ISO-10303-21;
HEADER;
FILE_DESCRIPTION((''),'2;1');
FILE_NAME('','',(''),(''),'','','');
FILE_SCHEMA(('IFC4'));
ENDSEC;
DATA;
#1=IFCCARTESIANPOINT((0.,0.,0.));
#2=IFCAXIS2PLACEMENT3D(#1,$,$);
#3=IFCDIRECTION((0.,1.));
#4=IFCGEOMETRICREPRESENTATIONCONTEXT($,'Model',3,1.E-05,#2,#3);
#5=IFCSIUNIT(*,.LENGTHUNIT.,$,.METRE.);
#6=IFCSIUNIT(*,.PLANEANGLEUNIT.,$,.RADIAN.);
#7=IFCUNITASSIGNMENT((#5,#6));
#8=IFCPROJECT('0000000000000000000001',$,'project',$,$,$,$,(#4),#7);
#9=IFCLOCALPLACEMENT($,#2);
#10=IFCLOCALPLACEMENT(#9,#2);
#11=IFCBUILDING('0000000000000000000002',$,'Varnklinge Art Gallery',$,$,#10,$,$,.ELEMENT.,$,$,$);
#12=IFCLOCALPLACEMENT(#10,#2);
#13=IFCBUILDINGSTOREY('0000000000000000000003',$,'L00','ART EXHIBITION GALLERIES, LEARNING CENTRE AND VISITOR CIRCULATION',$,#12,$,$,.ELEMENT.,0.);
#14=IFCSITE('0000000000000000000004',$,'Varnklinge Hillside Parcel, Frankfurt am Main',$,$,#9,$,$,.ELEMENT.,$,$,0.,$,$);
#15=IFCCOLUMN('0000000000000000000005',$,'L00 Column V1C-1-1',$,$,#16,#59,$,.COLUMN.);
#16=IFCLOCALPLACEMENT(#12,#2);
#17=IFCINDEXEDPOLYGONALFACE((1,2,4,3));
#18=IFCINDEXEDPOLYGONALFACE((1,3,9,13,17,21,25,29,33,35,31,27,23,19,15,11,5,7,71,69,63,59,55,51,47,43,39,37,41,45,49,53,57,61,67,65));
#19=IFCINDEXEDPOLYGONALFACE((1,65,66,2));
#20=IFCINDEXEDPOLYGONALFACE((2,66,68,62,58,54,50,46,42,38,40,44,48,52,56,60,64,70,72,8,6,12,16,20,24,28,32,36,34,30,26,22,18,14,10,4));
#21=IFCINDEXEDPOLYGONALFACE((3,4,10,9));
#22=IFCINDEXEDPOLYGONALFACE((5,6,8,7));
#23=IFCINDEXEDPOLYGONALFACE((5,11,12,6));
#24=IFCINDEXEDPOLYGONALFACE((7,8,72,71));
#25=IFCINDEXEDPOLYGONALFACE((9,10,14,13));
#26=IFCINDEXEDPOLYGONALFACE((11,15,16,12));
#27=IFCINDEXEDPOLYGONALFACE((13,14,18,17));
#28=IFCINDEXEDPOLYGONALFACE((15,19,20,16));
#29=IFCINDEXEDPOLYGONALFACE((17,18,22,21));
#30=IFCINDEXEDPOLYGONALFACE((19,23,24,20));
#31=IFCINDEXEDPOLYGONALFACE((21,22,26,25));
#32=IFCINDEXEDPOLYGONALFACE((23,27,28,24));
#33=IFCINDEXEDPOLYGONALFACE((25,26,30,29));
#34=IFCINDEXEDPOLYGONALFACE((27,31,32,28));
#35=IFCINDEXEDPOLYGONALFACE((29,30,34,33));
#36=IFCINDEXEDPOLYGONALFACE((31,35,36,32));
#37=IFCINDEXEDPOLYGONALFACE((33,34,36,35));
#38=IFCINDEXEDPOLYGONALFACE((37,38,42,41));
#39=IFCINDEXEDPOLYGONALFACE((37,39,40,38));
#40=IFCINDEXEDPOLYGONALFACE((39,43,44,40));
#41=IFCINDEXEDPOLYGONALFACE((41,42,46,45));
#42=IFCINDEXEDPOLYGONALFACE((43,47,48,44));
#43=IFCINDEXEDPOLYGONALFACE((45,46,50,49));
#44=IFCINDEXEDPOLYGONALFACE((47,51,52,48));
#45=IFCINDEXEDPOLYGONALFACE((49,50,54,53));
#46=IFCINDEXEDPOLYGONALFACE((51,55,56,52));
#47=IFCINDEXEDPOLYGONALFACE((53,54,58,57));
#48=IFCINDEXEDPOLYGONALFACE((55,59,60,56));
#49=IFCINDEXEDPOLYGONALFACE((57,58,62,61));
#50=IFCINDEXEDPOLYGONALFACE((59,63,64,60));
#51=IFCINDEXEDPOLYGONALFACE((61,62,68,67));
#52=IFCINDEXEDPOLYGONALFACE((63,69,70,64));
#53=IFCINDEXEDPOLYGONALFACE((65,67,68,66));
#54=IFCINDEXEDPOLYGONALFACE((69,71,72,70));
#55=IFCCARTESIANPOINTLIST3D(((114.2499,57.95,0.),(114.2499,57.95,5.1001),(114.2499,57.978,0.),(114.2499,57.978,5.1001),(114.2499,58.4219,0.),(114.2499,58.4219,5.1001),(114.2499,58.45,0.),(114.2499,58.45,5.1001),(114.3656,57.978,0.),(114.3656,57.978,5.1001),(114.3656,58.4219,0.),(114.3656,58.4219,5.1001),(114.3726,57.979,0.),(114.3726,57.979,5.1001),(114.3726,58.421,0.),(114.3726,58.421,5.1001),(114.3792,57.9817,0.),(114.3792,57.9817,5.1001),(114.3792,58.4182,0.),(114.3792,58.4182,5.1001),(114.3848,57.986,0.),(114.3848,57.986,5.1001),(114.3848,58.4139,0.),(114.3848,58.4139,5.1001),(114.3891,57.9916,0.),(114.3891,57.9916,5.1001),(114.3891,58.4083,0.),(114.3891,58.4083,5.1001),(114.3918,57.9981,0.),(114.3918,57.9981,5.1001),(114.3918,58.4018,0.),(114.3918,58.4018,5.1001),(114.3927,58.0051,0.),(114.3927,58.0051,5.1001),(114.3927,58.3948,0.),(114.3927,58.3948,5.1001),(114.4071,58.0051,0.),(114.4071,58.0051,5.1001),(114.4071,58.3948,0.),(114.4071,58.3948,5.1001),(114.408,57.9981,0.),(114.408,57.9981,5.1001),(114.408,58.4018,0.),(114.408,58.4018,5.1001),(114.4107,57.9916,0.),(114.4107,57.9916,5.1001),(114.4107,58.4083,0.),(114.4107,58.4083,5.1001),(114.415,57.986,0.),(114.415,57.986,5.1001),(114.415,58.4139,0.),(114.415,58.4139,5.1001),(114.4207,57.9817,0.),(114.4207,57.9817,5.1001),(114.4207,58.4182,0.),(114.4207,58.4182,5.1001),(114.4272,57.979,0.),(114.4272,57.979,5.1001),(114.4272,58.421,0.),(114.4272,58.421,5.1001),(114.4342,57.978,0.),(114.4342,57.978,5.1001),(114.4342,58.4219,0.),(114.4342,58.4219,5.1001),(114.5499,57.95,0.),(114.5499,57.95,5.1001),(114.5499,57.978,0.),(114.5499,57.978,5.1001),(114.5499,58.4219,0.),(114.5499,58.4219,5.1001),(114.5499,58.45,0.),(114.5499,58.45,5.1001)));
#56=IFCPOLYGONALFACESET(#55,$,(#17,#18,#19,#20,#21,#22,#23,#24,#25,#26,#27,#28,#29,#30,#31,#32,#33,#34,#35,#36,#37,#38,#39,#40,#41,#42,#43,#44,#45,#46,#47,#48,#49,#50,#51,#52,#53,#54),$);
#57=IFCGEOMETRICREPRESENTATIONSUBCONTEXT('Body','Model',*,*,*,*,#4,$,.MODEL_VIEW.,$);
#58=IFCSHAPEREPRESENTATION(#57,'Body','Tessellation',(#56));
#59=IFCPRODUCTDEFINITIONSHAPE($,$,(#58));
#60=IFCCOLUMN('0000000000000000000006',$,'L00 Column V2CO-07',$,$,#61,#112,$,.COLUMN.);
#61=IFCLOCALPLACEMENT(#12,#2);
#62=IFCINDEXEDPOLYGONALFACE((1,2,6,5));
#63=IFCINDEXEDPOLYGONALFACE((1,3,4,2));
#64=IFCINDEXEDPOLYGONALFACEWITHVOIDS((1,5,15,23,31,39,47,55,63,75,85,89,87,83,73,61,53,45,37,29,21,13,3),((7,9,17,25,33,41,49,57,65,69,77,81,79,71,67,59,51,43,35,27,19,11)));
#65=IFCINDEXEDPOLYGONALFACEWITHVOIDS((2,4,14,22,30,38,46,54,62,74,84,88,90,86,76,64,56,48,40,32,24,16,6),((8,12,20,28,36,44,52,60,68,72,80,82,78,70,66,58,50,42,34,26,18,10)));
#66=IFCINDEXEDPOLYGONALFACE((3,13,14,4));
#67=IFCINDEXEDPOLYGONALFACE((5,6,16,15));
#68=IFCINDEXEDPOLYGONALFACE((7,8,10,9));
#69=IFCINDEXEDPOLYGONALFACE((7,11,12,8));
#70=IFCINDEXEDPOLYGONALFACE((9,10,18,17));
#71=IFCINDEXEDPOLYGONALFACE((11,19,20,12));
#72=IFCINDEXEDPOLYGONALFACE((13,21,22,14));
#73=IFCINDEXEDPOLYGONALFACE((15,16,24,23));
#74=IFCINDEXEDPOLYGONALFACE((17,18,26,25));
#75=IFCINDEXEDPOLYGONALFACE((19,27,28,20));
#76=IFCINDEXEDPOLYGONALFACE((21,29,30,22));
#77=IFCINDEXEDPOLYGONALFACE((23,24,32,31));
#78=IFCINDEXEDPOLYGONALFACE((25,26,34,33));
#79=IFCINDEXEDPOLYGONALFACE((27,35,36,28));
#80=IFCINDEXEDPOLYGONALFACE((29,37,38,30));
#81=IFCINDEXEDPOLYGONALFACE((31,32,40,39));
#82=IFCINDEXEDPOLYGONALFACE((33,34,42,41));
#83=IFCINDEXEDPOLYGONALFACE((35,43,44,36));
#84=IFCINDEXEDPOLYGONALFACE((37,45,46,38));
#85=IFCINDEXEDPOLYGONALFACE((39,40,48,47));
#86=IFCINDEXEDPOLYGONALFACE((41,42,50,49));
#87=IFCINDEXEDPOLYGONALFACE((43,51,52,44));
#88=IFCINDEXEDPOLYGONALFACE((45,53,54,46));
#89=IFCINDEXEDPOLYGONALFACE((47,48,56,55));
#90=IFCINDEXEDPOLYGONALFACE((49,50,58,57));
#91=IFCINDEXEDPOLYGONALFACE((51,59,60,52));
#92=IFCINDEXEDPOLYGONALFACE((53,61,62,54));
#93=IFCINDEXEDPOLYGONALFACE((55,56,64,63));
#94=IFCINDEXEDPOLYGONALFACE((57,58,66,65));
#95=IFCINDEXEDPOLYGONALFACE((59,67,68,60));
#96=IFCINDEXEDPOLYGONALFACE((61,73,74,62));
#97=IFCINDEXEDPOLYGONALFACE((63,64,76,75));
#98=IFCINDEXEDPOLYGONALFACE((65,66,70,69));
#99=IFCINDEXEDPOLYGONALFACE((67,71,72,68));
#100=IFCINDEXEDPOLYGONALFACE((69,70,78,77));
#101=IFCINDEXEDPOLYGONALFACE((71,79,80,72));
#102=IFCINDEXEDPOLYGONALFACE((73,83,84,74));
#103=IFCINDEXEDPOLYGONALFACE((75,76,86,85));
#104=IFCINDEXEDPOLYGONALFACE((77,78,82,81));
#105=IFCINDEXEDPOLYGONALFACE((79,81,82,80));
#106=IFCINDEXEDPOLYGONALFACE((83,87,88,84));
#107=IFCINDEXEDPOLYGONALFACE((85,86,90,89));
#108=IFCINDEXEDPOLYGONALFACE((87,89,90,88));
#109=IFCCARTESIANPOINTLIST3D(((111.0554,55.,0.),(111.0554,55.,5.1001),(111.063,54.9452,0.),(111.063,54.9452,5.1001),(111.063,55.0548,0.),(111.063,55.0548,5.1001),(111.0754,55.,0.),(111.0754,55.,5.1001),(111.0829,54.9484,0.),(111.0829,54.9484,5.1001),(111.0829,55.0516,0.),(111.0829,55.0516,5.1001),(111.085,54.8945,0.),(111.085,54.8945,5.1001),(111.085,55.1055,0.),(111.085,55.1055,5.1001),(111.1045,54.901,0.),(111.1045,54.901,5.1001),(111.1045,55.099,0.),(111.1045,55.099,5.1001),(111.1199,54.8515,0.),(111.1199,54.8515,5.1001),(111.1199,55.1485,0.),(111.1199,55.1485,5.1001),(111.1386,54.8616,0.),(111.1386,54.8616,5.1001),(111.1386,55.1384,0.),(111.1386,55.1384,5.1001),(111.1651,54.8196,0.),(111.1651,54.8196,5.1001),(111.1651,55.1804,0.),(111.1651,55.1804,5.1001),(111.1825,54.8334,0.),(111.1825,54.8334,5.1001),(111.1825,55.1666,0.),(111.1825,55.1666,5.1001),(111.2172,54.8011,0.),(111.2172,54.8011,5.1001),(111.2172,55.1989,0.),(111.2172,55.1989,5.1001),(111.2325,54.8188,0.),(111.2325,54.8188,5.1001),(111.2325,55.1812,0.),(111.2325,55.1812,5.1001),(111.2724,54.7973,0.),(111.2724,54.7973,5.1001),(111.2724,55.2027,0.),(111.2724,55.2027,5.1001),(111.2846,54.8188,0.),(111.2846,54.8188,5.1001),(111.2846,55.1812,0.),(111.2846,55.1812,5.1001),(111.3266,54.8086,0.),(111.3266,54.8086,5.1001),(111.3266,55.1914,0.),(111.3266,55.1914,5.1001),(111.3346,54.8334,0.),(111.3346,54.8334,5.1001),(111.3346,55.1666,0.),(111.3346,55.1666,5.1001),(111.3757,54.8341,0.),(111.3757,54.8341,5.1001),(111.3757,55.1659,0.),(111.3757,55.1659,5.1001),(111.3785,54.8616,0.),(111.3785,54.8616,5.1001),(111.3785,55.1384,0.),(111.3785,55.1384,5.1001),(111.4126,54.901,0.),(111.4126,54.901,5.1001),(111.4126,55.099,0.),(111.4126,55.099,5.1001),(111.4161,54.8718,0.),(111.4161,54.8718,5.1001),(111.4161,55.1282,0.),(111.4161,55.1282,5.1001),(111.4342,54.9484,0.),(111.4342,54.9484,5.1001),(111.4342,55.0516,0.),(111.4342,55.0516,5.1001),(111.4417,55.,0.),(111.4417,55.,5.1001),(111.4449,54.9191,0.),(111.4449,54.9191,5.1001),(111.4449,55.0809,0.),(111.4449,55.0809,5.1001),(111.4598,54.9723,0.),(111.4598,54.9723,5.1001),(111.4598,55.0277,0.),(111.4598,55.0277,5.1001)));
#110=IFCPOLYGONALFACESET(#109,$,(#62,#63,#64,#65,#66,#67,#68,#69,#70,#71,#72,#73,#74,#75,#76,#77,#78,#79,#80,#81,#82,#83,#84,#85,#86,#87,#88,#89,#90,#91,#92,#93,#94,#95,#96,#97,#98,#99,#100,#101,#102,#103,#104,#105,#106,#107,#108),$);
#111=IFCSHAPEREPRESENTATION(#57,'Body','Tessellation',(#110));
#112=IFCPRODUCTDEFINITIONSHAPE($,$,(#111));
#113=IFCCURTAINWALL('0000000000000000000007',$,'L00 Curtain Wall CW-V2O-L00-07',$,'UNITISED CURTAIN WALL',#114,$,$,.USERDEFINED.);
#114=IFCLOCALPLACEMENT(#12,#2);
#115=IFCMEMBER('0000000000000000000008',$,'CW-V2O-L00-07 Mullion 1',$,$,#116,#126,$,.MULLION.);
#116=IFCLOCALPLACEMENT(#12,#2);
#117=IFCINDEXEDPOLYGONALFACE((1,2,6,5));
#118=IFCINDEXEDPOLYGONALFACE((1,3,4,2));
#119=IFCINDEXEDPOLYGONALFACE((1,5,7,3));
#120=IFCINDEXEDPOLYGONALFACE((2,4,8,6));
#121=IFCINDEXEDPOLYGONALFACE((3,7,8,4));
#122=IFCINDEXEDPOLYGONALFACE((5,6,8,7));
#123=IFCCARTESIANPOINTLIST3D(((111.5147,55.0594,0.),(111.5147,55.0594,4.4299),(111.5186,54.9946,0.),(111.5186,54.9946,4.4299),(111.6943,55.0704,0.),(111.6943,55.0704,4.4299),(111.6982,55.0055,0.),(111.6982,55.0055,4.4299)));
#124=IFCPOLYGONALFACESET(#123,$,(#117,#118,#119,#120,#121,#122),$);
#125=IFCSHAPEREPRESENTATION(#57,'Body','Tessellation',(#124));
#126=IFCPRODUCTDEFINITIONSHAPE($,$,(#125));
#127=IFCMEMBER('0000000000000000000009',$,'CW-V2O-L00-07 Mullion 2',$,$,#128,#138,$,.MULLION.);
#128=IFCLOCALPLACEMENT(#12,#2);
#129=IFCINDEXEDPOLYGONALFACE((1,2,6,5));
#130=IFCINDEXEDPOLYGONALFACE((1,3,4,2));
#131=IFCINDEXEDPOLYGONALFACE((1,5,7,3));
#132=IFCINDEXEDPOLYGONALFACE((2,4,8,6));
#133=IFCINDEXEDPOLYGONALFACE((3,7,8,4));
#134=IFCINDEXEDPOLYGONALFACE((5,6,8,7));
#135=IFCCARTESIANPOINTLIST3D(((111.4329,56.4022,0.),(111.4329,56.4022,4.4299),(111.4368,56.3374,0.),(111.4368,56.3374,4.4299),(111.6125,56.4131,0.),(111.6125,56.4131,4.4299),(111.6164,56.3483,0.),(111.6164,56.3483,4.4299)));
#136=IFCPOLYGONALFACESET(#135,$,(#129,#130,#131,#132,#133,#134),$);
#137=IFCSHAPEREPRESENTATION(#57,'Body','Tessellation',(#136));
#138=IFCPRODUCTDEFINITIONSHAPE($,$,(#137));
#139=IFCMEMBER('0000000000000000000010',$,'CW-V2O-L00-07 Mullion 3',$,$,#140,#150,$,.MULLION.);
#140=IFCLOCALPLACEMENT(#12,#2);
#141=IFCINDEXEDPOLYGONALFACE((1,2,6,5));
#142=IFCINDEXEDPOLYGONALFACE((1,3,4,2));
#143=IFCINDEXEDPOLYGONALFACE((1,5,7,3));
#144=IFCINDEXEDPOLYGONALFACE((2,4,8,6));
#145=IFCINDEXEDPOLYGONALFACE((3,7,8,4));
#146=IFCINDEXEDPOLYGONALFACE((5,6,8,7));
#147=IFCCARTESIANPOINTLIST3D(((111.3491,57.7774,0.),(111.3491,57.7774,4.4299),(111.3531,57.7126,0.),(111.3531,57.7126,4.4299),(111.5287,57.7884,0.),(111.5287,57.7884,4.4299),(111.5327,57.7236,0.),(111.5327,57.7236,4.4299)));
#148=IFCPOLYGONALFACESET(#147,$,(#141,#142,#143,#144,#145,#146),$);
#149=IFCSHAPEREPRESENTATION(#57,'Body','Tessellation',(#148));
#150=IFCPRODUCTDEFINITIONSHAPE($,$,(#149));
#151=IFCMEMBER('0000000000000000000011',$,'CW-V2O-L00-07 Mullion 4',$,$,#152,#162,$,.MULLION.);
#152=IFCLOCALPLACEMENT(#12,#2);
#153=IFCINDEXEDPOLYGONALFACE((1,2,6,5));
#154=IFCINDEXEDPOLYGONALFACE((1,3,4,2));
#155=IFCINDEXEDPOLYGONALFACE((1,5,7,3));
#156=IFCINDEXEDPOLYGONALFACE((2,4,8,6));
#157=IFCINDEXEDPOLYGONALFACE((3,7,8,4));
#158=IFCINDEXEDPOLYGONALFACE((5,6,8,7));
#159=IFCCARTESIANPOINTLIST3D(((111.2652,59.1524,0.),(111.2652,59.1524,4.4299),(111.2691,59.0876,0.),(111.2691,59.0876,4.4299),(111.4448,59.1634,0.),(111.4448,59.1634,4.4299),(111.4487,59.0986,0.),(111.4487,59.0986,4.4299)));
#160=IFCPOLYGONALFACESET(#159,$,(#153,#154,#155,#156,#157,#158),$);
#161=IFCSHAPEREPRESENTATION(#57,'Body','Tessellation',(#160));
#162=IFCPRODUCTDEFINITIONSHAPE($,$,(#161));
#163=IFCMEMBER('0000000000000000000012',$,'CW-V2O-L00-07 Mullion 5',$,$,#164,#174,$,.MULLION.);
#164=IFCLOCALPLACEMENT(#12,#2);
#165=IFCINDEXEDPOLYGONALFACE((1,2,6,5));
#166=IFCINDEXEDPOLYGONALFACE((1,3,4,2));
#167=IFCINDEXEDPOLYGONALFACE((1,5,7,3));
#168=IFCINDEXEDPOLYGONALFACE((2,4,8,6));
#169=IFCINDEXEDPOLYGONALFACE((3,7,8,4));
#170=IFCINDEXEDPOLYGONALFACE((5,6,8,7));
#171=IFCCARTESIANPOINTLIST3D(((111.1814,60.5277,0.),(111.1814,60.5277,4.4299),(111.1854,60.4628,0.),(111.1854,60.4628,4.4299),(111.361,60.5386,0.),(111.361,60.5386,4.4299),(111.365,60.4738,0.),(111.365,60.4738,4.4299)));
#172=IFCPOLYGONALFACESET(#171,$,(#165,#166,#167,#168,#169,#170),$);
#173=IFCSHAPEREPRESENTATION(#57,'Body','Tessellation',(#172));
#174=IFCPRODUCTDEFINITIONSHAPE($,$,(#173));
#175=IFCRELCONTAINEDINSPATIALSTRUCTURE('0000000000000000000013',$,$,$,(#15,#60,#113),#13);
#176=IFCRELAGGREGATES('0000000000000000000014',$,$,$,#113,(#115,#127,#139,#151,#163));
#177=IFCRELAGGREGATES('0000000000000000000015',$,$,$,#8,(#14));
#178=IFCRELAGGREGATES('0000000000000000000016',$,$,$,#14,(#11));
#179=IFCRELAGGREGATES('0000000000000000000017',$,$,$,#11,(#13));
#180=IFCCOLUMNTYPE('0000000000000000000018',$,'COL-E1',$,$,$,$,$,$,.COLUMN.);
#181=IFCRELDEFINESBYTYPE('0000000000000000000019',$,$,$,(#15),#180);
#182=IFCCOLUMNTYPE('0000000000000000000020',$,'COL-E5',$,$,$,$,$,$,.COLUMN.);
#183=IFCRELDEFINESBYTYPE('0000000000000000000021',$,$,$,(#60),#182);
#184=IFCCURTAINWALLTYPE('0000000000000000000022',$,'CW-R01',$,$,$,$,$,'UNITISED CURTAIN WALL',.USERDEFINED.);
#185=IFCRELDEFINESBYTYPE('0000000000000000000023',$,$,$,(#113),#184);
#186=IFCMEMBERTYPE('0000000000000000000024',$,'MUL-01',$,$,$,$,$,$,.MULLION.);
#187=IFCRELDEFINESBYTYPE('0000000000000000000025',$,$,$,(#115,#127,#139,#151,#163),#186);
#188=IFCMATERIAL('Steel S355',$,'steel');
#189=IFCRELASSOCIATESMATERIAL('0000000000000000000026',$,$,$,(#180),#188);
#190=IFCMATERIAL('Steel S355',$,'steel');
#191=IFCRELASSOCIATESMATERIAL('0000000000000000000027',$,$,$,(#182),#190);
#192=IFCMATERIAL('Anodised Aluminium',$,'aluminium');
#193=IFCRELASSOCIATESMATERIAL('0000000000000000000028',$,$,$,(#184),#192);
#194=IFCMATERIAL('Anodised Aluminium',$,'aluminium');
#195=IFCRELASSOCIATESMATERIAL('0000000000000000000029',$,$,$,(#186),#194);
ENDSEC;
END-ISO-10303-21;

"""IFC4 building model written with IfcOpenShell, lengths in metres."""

from ifc_helpers import new_model, si_unit, direction, frame, origin, origin_2d, place, context, subcontext, project, spatial, rectangle, hollow_circle, i_section, extrude, material, material_profile, profile_set, type_object, element, aggregate, save


model = new_model("IFC4")

# Units and contexts
model_context = context("Model", 3, precision=1e-05, world=origin(), true_north=direction((0.0, 1.0)))
body_context = subcontext(model_context, "Body", "Model", "MODEL_VIEW")
ifc_project = project(units=[si_unit("LENGTHUNIT", "METRE"), si_unit("PLANEANGLEUNIT", "RADIAN")], contexts=[model_context])

# Site, building, storey
site_placement = place(None, origin())
site = spatial("IfcSite", under=ifc_project, at=site_placement, Name="Varnklinge Hillside Parcel, Frankfurt am Main", CompositionType="ELEMENT", RefElevation=0.0)
building_placement = place(site_placement, origin())
building = spatial("IfcBuilding", under=site, at=building_placement, Name="Varnklinge Art Gallery", CompositionType="ELEMENT")
storey_placement = place(building_placement, origin())
storey = spatial("IfcBuildingStorey", under=building, at=storey_placement, Name="L00", Description="ART EXHIBITION GALLERIES, LEARNING CENTRE AND VISITOR CIRCULATION", CompositionType="ELEMENT", Elevation=0.0)

# Columns
ifc_material_1 = material(Name="Steel S355", Category="steel")
ifc_material_profile_1 = material_profile(ifc_material_1, i_section(OverallWidth=0.3, OverallDepth=0.5, WebThickness=0.0144, FlangeThickness=0.0281, FilletRadius=0.0271, at=origin_2d()), Name="HEB 500")
ifc_profile_set_1 = profile_set([ifc_material_profile_1], Name="Steel S355")
column_type_1 = type_object("IfcColumnType", Name="COL-E1", PredefinedType="COLUMN", material=ifc_profile_set_1)
column_1_placement = place(storey_placement, frame((114.3999, 58.2, 0.0), z_axis=(0.0, 0.0, 1.0), x_axis=(1.0, 0.0, 0.0)))
element("IfcColumn", 1, at=column_1_placement, inside=storey, type_object=column_type_1, Name="L00 Column V1C-1-1", PredefinedType="COLUMN", context=body_context, shape_type="SweptSolid", body=[
    extrude(i_section(OverallWidth=0.3, OverallDepth=0.5, WebThickness=0.0144, FlangeThickness=0.0281, FilletRadius=0.0271, at=origin_2d()), origin(), (0.0, 0.0, 1.0), 5.1001),
])
ifc_material_2 = material(Name="Steel S355", Category="steel")
ifc_material_profile_2 = material_profile(ifc_material_2, hollow_circle(Radius=0.2031, WallThickness=0.02, at=origin_2d()), Name="CHS 406.4x20")
ifc_profile_set_2 = profile_set([ifc_material_profile_2], Name="Steel S355")
column_type_2 = type_object("IfcColumnType", Name="COL-E5", PredefinedType="COLUMN", material=ifc_profile_set_2)
column_2_placement = place(storey_placement, frame((111.2585, 55.0, 0.0), z_axis=(0.0, 0.0, 1.0), x_axis=(-1.0, 0.0, 0.0)))
element("IfcColumn", 2, at=column_2_placement, inside=storey, type_object=column_type_2, Name="L00 Column V2CO-07", PredefinedType="COLUMN", context=body_context, shape_type="SweptSolid", body=[
    extrude(hollow_circle(Radius=0.2031, WallThickness=0.02, at=origin_2d()), origin(), (0.0, 0.0, 1.0), 5.1001),
])

# Curtain wall, members
ifc_material_3 = material(Name="Anodised Aluminium", Category="aluminium")
curtain_wall_type = type_object("IfcCurtainWallType", Name="CW-R01", ElementType="UNITISED CURTAIN WALL", PredefinedType="USERDEFINED", material=ifc_material_3)
curtain_wall_placement = place(storey_placement, origin())
curtain_wall = element("IfcCurtainWall", 3, at=curtain_wall_placement, inside=storey, type_object=curtain_wall_type, Name="L00 Curtain Wall CW-V2O-L00-07", ObjectType="UNITISED CURTAIN WALL", PredefinedType="USERDEFINED")
ifc_material_4 = material(Name="Anodised Aluminium", Category="aluminium")
ifc_material_profile_3 = material_profile(ifc_material_4, rectangle(XDim=0.0649, YDim=0.1799, at=origin_2d()), Name="ALU 65x180")
ifc_profile_set_3 = profile_set([ifc_material_profile_3], Name="Anodised Aluminium")
member_type_1 = type_object("IfcMemberType", Name="MUL-01", PredefinedType="MULLION", material=ifc_profile_set_3)
member_1_placement = place(storey_placement, frame((111.6064, 55.0325, 0.0), z_axis=(0.0, 0.0, 1.0), x_axis=(-0.060874, 0.998145, 0.0)))
member_1 = element("IfcMember", 4, at=member_1_placement, type_object=member_type_1, Name="CW-V2O-L00-07 Mullion 1", PredefinedType="MULLION", context=body_context, shape_type="SweptSolid", body=[
    extrude(rectangle(XDim=0.0649, YDim=0.1799, at=origin_2d()), origin(), (0.0, 0.0, 1.0), 4.4299),
])
member_2_placement = place(storey_placement, frame((111.5247, 56.3752, 0.0), z_axis=(0.0, 0.0, 1.0), x_axis=(-0.060874, 0.998145, 0.0)))
member_2 = element("IfcMember", 5, at=member_2_placement, type_object=member_type_1, Name="CW-V2O-L00-07 Mullion 2", PredefinedType="MULLION", context=body_context, shape_type="SweptSolid", body=[
    extrude(rectangle(XDim=0.0649, YDim=0.1799, at=origin_2d()), origin(), (0.0, 0.0, 1.0), 4.4299),
])
member_3_placement = place(storey_placement, frame((111.4409, 57.7505, 0.0), z_axis=(0.0, 0.0, 1.0), x_axis=(-0.060874, 0.998145, 0.0)))
member_3 = element("IfcMember", 6, at=member_3_placement, type_object=member_type_1, Name="CW-V2O-L00-07 Mullion 3", PredefinedType="MULLION", context=body_context, shape_type="SweptSolid", body=[
    extrude(rectangle(XDim=0.0649, YDim=0.1799, at=origin_2d()), origin(), (0.0, 0.0, 1.0), 4.4299),
])
member_4_placement = place(storey_placement, frame((111.3569, 59.1255, 0.0), z_axis=(0.0, 0.0, 1.0), x_axis=(-0.060874, 0.998145, 0.0)))
member_4 = element("IfcMember", 7, at=member_4_placement, type_object=member_type_1, Name="CW-V2O-L00-07 Mullion 4", PredefinedType="MULLION", context=body_context, shape_type="SweptSolid", body=[
    extrude(rectangle(XDim=0.0649, YDim=0.1799, at=origin_2d()), origin(), (0.0, 0.0, 1.0), 4.4299),
])
member_5_placement = place(storey_placement, frame((111.2732, 60.5007, 0.0), z_axis=(0.0, 0.0, 1.0), x_axis=(-0.060874, 0.998145, 0.0)))
member_5 = element("IfcMember", 8, at=member_5_placement, type_object=member_type_1, Name="CW-V2O-L00-07 Mullion 5", PredefinedType="MULLION", context=body_context, shape_type="SweptSolid", body=[
    extrude(rectangle(XDim=0.0649, YDim=0.1799, at=origin_2d()), origin(), (0.0, 0.0, 1.0), 4.4299),
])

aggregate(curtain_wall, [member_1, member_2, member_3, member_4, member_5])

save(model, "model.ifc")
